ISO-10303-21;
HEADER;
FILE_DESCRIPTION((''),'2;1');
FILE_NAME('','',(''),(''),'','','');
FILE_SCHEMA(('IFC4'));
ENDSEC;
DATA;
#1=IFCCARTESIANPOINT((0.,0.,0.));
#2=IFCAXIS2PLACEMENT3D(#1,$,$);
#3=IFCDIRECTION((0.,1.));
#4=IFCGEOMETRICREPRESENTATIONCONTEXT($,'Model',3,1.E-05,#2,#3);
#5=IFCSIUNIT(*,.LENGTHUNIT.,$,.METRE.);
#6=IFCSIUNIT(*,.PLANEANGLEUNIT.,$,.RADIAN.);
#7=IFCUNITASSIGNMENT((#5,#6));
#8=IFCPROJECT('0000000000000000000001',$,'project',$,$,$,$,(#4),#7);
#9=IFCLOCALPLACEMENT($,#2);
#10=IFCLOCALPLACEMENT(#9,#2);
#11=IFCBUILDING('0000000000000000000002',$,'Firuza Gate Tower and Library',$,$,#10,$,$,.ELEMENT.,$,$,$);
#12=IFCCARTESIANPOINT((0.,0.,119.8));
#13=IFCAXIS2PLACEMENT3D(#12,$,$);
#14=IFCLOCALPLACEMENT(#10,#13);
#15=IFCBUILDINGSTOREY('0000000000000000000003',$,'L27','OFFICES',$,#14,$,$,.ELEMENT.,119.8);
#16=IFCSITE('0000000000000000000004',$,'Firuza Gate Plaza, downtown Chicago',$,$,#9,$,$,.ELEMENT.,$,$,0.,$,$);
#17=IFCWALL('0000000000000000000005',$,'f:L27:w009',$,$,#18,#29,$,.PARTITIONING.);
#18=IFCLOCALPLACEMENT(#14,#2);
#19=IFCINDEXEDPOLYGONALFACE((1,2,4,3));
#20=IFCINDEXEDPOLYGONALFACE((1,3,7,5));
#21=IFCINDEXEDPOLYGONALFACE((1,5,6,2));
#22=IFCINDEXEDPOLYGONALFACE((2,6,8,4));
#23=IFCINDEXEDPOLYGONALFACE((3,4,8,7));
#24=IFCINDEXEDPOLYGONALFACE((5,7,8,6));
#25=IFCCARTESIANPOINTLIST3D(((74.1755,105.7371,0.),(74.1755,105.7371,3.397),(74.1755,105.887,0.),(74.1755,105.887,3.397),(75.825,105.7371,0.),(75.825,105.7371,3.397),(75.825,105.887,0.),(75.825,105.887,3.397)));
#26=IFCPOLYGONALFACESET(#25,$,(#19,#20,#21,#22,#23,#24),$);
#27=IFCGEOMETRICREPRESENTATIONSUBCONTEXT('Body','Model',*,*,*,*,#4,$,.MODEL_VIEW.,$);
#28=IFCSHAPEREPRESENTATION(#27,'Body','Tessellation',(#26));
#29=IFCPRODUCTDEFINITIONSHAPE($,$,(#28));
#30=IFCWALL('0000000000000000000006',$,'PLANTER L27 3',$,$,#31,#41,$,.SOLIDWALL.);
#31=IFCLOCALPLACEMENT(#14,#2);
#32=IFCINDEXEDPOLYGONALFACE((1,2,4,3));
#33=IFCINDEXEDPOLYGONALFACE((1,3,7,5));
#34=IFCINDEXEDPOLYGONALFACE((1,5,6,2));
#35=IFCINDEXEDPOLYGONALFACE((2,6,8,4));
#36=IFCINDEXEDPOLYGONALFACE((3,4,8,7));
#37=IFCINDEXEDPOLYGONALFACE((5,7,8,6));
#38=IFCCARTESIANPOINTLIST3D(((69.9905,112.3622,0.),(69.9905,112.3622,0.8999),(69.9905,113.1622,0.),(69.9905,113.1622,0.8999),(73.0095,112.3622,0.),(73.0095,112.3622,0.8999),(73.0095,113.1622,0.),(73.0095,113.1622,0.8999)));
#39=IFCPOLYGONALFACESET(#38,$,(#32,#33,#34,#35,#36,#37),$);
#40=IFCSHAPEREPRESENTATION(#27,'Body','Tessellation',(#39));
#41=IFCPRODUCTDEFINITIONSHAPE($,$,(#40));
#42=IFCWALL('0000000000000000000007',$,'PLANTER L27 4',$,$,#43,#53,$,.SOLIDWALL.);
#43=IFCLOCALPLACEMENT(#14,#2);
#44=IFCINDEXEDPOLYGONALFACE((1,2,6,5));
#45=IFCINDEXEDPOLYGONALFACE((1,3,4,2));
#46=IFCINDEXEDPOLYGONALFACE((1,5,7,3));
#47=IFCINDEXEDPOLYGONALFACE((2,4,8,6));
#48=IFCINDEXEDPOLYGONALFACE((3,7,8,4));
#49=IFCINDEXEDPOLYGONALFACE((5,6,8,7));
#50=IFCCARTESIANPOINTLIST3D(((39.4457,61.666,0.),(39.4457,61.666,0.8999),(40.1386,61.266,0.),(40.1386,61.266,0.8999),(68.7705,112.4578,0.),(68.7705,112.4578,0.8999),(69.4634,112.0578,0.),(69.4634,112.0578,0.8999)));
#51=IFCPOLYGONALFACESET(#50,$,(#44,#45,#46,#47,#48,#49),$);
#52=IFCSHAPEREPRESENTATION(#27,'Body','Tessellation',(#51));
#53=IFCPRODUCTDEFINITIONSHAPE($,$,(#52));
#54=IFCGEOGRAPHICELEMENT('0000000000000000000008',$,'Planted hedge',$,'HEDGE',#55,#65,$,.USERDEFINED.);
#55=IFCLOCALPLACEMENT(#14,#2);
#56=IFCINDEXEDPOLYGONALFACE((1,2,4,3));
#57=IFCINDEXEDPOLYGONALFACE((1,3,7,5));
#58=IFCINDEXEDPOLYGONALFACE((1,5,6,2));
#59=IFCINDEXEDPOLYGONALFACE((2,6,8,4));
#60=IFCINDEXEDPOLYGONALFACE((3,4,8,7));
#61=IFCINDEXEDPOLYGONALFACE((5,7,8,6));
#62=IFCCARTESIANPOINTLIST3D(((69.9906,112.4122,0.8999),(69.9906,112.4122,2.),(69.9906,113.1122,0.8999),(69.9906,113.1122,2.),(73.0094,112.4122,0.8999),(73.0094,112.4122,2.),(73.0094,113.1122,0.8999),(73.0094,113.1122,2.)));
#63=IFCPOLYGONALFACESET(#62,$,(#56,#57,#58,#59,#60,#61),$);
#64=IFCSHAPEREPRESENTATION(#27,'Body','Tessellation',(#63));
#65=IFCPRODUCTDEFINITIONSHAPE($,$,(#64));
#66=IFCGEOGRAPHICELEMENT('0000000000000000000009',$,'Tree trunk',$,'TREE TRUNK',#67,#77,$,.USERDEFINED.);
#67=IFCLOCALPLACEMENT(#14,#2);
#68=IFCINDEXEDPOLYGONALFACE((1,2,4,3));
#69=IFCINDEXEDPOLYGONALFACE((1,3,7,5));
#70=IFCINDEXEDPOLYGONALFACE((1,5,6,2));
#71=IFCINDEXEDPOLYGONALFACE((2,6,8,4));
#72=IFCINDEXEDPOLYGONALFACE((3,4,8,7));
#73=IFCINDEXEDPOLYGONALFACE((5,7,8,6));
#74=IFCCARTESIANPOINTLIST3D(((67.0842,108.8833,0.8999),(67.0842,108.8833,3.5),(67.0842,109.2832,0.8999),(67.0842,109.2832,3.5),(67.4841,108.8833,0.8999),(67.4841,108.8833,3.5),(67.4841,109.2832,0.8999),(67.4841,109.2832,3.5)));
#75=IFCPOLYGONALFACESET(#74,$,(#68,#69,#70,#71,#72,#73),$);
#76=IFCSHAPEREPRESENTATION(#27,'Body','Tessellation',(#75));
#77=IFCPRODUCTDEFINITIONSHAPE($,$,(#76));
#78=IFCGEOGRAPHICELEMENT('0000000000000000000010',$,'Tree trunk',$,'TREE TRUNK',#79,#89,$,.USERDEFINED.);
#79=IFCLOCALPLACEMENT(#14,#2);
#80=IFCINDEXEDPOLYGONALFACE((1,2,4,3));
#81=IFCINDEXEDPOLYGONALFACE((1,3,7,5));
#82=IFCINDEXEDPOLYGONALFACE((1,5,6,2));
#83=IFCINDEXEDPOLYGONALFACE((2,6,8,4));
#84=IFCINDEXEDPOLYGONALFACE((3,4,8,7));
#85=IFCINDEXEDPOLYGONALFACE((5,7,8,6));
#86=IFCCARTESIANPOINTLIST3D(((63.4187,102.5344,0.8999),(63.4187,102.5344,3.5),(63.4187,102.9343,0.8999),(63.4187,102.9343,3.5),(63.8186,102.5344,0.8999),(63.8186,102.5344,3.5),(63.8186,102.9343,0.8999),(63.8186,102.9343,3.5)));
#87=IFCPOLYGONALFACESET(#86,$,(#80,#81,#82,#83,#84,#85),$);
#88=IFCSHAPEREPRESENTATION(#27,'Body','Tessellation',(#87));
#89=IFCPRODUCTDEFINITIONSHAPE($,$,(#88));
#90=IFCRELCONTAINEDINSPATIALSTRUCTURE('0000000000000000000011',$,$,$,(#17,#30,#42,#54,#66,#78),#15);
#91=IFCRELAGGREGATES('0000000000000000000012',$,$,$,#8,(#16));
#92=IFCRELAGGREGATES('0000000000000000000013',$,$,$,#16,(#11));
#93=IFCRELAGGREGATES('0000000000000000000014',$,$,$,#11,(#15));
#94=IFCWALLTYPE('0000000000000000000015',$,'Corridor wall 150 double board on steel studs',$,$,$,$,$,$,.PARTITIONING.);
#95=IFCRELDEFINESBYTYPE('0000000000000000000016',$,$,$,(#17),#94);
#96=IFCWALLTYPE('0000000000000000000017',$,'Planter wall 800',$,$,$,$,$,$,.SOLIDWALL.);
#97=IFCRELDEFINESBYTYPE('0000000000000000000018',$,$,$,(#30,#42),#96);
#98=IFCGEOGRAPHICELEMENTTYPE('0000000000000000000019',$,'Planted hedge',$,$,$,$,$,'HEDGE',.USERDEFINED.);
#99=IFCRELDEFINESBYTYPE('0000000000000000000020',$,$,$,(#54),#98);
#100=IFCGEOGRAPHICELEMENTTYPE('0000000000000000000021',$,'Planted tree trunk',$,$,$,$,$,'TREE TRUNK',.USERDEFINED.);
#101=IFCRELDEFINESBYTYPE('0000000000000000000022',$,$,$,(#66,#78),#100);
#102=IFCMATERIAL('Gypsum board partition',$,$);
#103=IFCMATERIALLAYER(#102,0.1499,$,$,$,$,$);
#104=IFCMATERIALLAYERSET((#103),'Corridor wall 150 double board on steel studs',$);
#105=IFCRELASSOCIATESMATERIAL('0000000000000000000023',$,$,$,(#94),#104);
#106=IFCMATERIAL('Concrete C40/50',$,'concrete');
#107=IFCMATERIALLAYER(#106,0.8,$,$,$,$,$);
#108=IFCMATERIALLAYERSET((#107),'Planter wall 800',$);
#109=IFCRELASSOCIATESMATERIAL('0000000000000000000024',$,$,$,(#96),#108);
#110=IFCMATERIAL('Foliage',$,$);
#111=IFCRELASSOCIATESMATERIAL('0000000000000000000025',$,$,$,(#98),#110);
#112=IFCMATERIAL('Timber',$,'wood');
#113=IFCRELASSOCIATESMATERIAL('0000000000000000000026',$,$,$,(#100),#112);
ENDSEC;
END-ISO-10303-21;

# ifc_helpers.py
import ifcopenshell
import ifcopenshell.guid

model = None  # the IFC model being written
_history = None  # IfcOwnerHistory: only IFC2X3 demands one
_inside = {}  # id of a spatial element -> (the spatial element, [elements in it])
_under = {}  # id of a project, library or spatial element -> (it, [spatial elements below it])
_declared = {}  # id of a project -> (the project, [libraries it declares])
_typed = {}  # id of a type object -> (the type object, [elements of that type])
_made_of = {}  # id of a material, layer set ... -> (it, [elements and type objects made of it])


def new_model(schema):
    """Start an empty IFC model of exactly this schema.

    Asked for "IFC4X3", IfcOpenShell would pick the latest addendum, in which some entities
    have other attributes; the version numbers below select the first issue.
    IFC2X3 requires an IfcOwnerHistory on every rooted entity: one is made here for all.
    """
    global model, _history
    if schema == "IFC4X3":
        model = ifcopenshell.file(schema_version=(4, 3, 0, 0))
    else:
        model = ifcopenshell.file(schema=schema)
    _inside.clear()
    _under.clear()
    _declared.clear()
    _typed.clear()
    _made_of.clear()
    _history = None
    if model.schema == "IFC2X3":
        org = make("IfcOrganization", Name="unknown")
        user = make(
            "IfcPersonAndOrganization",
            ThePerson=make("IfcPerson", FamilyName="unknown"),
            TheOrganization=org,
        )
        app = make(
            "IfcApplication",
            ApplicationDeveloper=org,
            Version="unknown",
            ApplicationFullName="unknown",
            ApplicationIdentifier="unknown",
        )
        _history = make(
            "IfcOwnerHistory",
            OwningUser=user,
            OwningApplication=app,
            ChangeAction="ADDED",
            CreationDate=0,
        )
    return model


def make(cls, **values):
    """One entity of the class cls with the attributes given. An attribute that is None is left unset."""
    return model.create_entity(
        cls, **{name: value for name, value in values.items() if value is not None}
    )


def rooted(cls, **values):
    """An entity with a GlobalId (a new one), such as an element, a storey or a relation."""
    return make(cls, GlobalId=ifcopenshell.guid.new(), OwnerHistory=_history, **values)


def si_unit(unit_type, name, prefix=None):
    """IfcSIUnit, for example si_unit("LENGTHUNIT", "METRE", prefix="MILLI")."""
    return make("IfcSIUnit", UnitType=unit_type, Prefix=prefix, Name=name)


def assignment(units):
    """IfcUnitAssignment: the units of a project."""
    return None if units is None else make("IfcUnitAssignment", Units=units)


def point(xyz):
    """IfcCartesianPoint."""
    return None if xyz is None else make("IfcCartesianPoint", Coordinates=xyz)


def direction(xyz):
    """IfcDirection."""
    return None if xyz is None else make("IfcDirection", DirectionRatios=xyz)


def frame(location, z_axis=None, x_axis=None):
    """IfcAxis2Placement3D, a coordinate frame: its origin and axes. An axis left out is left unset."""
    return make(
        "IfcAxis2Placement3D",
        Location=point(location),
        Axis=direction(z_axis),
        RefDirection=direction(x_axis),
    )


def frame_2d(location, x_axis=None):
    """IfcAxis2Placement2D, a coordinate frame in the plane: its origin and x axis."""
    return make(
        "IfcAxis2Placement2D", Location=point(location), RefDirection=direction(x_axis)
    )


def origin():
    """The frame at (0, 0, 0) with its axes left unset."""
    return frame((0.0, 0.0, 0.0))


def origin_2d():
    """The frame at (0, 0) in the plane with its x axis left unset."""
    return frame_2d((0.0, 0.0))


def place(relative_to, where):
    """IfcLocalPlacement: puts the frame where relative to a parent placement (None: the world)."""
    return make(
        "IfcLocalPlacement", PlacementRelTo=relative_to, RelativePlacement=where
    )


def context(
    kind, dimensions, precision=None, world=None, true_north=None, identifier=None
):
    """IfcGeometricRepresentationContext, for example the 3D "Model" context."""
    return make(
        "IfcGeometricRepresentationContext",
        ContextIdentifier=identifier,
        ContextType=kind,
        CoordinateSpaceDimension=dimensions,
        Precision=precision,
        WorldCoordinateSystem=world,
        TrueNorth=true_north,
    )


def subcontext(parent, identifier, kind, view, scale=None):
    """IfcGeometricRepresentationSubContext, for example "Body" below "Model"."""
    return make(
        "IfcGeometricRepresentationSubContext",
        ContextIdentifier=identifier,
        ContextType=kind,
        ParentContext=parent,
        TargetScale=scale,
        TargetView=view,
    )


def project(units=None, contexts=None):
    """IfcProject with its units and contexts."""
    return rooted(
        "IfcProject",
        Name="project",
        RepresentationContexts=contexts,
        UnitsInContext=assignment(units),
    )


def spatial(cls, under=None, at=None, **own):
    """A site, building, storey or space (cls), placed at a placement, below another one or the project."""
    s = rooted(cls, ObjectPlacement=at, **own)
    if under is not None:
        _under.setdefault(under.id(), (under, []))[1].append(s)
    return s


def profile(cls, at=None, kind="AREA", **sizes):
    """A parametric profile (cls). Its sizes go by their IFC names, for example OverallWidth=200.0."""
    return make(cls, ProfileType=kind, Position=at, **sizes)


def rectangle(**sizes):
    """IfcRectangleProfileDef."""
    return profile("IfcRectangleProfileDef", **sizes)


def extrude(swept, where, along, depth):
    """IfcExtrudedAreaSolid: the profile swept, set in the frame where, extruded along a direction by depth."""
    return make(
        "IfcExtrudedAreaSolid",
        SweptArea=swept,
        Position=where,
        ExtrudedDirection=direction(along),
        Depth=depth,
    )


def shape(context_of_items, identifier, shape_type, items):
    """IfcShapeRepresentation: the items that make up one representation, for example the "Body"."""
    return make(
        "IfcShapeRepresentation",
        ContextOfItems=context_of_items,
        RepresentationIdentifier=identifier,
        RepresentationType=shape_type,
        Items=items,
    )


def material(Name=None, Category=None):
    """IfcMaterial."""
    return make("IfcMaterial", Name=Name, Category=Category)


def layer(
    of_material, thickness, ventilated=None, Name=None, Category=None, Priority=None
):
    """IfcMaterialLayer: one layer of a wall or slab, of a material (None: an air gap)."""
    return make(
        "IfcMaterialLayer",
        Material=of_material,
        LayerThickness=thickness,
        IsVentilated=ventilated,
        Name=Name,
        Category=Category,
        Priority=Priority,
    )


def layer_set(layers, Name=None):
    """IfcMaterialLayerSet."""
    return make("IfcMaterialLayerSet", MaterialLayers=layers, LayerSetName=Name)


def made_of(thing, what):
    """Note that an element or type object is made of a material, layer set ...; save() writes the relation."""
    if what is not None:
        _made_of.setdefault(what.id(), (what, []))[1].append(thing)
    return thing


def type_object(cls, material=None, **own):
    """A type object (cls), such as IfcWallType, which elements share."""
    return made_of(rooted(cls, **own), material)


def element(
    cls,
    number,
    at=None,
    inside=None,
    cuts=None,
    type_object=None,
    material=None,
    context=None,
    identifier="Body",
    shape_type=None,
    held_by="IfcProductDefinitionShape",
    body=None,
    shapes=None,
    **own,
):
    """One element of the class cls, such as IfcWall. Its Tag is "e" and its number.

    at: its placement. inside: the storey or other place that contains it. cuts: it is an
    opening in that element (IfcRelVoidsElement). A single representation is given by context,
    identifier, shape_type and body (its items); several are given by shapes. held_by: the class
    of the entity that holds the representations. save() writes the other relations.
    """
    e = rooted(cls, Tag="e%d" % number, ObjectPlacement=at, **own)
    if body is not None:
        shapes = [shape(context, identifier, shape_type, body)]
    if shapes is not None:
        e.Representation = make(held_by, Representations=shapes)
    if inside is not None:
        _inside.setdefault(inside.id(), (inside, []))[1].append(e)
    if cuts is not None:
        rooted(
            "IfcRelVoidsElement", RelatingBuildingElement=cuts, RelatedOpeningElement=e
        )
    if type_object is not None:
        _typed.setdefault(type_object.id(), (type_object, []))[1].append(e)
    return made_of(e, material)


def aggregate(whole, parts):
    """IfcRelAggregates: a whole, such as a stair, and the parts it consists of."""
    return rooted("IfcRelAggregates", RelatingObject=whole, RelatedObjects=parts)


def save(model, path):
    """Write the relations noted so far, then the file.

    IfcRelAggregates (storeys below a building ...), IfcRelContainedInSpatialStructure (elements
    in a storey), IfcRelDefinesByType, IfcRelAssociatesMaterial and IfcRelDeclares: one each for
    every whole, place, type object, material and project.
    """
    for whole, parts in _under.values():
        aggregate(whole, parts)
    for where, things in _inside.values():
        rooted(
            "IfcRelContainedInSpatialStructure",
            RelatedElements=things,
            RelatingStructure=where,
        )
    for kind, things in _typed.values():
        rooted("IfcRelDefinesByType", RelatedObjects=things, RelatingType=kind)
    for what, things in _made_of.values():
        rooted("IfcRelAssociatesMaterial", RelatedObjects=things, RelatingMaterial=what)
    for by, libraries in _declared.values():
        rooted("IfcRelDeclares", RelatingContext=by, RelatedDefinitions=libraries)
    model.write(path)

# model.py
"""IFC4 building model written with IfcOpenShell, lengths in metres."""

from ifc_helpers import new_model, si_unit, direction, frame, frame_2d, origin, origin_2d, place, context, subcontext, project, spatial, rectangle, extrude, material, layer, layer_set, type_object, element, save


model = new_model("IFC4")

# Units and contexts
model_context = context("Model", 3, precision=1e-05, world=origin(), true_north=direction((0.0, 1.0)))
body_context = subcontext(model_context, "Body", "Model", "MODEL_VIEW")
ifc_project = project(units=[si_unit("LENGTHUNIT", "METRE"), si_unit("PLANEANGLEUNIT", "RADIAN")], contexts=[model_context])

# Site, building, storey
site_placement = place(None, origin())
site = spatial("IfcSite", under=ifc_project, at=site_placement, Name="Firuza Gate Plaza, downtown Chicago", CompositionType="ELEMENT", RefElevation=0.0)
building_placement = place(site_placement, origin())
building = spatial("IfcBuilding", under=site, at=building_placement, Name="Firuza Gate Tower and Library", CompositionType="ELEMENT")
storey_placement = place(building_placement, frame((0.0, 0.0, 119.8)))
storey = spatial("IfcBuildingStorey", under=building, at=storey_placement, Name="L27", Description="OFFICES", CompositionType="ELEMENT", Elevation=119.8)

# Walls
ifc_material_1 = material(Name="Gypsum board partition")
ifc_layer_1 = layer(ifc_material_1, 0.1499)
ifc_layer_set_1 = layer_set([ifc_layer_1], Name="Corridor wall 150 double board on steel studs")
wall_type_1 = type_object("IfcWallType", Name="Corridor wall 150 double board on steel studs", PredefinedType="PARTITIONING", material=ifc_layer_set_1)
wall_1_placement = place(storey_placement, frame((74.1755, 105.812, 0.0), z_axis=(0.0, 0.0, 1.0), x_axis=(1.0, 0.0, 0.0)))
element("IfcWall", 1, at=wall_1_placement, inside=storey, type_object=wall_type_1, Name="f:L27:w009", PredefinedType="PARTITIONING", context=body_context, shape_type="SweptSolid", body=[
    extrude(rectangle(XDim=1.6494, YDim=0.1499, at=frame_2d((0.8247, 0.0))), origin(), (0.0, 0.0, 1.0), 3.397),
])
ifc_material_2 = material(Name="Concrete C40/50", Category="concrete")
ifc_layer_2 = layer(ifc_material_2, 0.8)
ifc_layer_set_2 = layer_set([ifc_layer_2], Name="Planter wall 800")
wall_type_2 = type_object("IfcWallType", Name="Planter wall 800", PredefinedType="SOLIDWALL", material=ifc_layer_set_2)
wall_2_placement = place(storey_placement, frame((73.0095, 112.7622, 0.0), z_axis=(0.0, 0.0, 1.0), x_axis=(-1.0, 0.0, 0.0)))
element("IfcWall", 2, at=wall_2_placement, inside=storey, type_object=wall_type_2, Name="PLANTER L27 3", PredefinedType="SOLIDWALL", context=body_context, shape_type="SweptSolid", body=[
    extrude(rectangle(XDim=3.019, YDim=0.8, at=frame_2d((1.5095, 0.0))), origin(), (0.0, 0.0, 1.0), 0.8999),
])
wall_3_placement = place(storey_placement, frame((69.1169, 112.2578, 0.0), z_axis=(0.0, 0.0, 1.0), x_axis=(-0.500001, -0.866025, 0.0)))
element("IfcWall", 3, at=wall_3_placement, inside=storey, type_object=wall_type_2, Name="PLANTER L27 4", PredefinedType="SOLIDWALL", context=body_context, shape_type="SweptSolid", body=[
    extrude(rectangle(XDim=58.6494, YDim=0.8, at=frame_2d((29.3247, 0.0))), origin(), (0.0, 0.0, 1.0), 0.8999),
])

# Geographic elements
ifc_material_3 = material(Name="Foliage")
geographic_element_type_1 = type_object("IfcGeographicElementType", Name="Planted hedge", ElementType="HEDGE", PredefinedType="USERDEFINED", material=ifc_material_3)
geographic_element_placement = place(storey_placement, frame((71.5, 112.7622, 0.8999), z_axis=(0.0, 0.0, 1.0), x_axis=(-1.0, 0.0, 0.0)))
element("IfcGeographicElement", 4, at=geographic_element_placement, inside=storey, type_object=geographic_element_type_1, Name="Planted hedge", ObjectType="HEDGE", PredefinedType="USERDEFINED", context=body_context, shape_type="SweptSolid", body=[
    extrude(rectangle(XDim=3.0188, YDim=0.7, at=origin_2d()), origin(), (0.0, 0.0, 1.0), 1.1001),
])
ifc_material_4 = material(Name="Timber", Category="wood")
geographic_element_type_2 = type_object("IfcGeographicElementType", Name="Planted tree trunk", ElementType="TREE TRUNK", PredefinedType="USERDEFINED", material=ifc_material_4)
for number, where, z_axis, x_axis, name in (
    (5, (67.2842, 109.0833, 0.8999), (0.0, 0.0, 1.0), (1.0, 0.0, 0.0), "Tree trunk"),
    (6, (63.6187, 102.7344, 0.8999), (0.0, 0.0, 1.0), (1.0, 0.0, 0.0), "Tree trunk"),
):
    element("IfcGeographicElement", number, at=place(storey_placement, frame(where, z_axis=z_axis, x_axis=x_axis)), inside=storey, type_object=geographic_element_type_2, Name=name, ObjectType="TREE TRUNK", PredefinedType="USERDEFINED", context=body_context, shape_type="SweptSolid", body=[
        extrude(rectangle(XDim=0.3999, YDim=0.3999, at=origin_2d()), origin(), (0.0, 0.0, 1.0), 2.6001),
    ])

save(model, "model.ifc")
